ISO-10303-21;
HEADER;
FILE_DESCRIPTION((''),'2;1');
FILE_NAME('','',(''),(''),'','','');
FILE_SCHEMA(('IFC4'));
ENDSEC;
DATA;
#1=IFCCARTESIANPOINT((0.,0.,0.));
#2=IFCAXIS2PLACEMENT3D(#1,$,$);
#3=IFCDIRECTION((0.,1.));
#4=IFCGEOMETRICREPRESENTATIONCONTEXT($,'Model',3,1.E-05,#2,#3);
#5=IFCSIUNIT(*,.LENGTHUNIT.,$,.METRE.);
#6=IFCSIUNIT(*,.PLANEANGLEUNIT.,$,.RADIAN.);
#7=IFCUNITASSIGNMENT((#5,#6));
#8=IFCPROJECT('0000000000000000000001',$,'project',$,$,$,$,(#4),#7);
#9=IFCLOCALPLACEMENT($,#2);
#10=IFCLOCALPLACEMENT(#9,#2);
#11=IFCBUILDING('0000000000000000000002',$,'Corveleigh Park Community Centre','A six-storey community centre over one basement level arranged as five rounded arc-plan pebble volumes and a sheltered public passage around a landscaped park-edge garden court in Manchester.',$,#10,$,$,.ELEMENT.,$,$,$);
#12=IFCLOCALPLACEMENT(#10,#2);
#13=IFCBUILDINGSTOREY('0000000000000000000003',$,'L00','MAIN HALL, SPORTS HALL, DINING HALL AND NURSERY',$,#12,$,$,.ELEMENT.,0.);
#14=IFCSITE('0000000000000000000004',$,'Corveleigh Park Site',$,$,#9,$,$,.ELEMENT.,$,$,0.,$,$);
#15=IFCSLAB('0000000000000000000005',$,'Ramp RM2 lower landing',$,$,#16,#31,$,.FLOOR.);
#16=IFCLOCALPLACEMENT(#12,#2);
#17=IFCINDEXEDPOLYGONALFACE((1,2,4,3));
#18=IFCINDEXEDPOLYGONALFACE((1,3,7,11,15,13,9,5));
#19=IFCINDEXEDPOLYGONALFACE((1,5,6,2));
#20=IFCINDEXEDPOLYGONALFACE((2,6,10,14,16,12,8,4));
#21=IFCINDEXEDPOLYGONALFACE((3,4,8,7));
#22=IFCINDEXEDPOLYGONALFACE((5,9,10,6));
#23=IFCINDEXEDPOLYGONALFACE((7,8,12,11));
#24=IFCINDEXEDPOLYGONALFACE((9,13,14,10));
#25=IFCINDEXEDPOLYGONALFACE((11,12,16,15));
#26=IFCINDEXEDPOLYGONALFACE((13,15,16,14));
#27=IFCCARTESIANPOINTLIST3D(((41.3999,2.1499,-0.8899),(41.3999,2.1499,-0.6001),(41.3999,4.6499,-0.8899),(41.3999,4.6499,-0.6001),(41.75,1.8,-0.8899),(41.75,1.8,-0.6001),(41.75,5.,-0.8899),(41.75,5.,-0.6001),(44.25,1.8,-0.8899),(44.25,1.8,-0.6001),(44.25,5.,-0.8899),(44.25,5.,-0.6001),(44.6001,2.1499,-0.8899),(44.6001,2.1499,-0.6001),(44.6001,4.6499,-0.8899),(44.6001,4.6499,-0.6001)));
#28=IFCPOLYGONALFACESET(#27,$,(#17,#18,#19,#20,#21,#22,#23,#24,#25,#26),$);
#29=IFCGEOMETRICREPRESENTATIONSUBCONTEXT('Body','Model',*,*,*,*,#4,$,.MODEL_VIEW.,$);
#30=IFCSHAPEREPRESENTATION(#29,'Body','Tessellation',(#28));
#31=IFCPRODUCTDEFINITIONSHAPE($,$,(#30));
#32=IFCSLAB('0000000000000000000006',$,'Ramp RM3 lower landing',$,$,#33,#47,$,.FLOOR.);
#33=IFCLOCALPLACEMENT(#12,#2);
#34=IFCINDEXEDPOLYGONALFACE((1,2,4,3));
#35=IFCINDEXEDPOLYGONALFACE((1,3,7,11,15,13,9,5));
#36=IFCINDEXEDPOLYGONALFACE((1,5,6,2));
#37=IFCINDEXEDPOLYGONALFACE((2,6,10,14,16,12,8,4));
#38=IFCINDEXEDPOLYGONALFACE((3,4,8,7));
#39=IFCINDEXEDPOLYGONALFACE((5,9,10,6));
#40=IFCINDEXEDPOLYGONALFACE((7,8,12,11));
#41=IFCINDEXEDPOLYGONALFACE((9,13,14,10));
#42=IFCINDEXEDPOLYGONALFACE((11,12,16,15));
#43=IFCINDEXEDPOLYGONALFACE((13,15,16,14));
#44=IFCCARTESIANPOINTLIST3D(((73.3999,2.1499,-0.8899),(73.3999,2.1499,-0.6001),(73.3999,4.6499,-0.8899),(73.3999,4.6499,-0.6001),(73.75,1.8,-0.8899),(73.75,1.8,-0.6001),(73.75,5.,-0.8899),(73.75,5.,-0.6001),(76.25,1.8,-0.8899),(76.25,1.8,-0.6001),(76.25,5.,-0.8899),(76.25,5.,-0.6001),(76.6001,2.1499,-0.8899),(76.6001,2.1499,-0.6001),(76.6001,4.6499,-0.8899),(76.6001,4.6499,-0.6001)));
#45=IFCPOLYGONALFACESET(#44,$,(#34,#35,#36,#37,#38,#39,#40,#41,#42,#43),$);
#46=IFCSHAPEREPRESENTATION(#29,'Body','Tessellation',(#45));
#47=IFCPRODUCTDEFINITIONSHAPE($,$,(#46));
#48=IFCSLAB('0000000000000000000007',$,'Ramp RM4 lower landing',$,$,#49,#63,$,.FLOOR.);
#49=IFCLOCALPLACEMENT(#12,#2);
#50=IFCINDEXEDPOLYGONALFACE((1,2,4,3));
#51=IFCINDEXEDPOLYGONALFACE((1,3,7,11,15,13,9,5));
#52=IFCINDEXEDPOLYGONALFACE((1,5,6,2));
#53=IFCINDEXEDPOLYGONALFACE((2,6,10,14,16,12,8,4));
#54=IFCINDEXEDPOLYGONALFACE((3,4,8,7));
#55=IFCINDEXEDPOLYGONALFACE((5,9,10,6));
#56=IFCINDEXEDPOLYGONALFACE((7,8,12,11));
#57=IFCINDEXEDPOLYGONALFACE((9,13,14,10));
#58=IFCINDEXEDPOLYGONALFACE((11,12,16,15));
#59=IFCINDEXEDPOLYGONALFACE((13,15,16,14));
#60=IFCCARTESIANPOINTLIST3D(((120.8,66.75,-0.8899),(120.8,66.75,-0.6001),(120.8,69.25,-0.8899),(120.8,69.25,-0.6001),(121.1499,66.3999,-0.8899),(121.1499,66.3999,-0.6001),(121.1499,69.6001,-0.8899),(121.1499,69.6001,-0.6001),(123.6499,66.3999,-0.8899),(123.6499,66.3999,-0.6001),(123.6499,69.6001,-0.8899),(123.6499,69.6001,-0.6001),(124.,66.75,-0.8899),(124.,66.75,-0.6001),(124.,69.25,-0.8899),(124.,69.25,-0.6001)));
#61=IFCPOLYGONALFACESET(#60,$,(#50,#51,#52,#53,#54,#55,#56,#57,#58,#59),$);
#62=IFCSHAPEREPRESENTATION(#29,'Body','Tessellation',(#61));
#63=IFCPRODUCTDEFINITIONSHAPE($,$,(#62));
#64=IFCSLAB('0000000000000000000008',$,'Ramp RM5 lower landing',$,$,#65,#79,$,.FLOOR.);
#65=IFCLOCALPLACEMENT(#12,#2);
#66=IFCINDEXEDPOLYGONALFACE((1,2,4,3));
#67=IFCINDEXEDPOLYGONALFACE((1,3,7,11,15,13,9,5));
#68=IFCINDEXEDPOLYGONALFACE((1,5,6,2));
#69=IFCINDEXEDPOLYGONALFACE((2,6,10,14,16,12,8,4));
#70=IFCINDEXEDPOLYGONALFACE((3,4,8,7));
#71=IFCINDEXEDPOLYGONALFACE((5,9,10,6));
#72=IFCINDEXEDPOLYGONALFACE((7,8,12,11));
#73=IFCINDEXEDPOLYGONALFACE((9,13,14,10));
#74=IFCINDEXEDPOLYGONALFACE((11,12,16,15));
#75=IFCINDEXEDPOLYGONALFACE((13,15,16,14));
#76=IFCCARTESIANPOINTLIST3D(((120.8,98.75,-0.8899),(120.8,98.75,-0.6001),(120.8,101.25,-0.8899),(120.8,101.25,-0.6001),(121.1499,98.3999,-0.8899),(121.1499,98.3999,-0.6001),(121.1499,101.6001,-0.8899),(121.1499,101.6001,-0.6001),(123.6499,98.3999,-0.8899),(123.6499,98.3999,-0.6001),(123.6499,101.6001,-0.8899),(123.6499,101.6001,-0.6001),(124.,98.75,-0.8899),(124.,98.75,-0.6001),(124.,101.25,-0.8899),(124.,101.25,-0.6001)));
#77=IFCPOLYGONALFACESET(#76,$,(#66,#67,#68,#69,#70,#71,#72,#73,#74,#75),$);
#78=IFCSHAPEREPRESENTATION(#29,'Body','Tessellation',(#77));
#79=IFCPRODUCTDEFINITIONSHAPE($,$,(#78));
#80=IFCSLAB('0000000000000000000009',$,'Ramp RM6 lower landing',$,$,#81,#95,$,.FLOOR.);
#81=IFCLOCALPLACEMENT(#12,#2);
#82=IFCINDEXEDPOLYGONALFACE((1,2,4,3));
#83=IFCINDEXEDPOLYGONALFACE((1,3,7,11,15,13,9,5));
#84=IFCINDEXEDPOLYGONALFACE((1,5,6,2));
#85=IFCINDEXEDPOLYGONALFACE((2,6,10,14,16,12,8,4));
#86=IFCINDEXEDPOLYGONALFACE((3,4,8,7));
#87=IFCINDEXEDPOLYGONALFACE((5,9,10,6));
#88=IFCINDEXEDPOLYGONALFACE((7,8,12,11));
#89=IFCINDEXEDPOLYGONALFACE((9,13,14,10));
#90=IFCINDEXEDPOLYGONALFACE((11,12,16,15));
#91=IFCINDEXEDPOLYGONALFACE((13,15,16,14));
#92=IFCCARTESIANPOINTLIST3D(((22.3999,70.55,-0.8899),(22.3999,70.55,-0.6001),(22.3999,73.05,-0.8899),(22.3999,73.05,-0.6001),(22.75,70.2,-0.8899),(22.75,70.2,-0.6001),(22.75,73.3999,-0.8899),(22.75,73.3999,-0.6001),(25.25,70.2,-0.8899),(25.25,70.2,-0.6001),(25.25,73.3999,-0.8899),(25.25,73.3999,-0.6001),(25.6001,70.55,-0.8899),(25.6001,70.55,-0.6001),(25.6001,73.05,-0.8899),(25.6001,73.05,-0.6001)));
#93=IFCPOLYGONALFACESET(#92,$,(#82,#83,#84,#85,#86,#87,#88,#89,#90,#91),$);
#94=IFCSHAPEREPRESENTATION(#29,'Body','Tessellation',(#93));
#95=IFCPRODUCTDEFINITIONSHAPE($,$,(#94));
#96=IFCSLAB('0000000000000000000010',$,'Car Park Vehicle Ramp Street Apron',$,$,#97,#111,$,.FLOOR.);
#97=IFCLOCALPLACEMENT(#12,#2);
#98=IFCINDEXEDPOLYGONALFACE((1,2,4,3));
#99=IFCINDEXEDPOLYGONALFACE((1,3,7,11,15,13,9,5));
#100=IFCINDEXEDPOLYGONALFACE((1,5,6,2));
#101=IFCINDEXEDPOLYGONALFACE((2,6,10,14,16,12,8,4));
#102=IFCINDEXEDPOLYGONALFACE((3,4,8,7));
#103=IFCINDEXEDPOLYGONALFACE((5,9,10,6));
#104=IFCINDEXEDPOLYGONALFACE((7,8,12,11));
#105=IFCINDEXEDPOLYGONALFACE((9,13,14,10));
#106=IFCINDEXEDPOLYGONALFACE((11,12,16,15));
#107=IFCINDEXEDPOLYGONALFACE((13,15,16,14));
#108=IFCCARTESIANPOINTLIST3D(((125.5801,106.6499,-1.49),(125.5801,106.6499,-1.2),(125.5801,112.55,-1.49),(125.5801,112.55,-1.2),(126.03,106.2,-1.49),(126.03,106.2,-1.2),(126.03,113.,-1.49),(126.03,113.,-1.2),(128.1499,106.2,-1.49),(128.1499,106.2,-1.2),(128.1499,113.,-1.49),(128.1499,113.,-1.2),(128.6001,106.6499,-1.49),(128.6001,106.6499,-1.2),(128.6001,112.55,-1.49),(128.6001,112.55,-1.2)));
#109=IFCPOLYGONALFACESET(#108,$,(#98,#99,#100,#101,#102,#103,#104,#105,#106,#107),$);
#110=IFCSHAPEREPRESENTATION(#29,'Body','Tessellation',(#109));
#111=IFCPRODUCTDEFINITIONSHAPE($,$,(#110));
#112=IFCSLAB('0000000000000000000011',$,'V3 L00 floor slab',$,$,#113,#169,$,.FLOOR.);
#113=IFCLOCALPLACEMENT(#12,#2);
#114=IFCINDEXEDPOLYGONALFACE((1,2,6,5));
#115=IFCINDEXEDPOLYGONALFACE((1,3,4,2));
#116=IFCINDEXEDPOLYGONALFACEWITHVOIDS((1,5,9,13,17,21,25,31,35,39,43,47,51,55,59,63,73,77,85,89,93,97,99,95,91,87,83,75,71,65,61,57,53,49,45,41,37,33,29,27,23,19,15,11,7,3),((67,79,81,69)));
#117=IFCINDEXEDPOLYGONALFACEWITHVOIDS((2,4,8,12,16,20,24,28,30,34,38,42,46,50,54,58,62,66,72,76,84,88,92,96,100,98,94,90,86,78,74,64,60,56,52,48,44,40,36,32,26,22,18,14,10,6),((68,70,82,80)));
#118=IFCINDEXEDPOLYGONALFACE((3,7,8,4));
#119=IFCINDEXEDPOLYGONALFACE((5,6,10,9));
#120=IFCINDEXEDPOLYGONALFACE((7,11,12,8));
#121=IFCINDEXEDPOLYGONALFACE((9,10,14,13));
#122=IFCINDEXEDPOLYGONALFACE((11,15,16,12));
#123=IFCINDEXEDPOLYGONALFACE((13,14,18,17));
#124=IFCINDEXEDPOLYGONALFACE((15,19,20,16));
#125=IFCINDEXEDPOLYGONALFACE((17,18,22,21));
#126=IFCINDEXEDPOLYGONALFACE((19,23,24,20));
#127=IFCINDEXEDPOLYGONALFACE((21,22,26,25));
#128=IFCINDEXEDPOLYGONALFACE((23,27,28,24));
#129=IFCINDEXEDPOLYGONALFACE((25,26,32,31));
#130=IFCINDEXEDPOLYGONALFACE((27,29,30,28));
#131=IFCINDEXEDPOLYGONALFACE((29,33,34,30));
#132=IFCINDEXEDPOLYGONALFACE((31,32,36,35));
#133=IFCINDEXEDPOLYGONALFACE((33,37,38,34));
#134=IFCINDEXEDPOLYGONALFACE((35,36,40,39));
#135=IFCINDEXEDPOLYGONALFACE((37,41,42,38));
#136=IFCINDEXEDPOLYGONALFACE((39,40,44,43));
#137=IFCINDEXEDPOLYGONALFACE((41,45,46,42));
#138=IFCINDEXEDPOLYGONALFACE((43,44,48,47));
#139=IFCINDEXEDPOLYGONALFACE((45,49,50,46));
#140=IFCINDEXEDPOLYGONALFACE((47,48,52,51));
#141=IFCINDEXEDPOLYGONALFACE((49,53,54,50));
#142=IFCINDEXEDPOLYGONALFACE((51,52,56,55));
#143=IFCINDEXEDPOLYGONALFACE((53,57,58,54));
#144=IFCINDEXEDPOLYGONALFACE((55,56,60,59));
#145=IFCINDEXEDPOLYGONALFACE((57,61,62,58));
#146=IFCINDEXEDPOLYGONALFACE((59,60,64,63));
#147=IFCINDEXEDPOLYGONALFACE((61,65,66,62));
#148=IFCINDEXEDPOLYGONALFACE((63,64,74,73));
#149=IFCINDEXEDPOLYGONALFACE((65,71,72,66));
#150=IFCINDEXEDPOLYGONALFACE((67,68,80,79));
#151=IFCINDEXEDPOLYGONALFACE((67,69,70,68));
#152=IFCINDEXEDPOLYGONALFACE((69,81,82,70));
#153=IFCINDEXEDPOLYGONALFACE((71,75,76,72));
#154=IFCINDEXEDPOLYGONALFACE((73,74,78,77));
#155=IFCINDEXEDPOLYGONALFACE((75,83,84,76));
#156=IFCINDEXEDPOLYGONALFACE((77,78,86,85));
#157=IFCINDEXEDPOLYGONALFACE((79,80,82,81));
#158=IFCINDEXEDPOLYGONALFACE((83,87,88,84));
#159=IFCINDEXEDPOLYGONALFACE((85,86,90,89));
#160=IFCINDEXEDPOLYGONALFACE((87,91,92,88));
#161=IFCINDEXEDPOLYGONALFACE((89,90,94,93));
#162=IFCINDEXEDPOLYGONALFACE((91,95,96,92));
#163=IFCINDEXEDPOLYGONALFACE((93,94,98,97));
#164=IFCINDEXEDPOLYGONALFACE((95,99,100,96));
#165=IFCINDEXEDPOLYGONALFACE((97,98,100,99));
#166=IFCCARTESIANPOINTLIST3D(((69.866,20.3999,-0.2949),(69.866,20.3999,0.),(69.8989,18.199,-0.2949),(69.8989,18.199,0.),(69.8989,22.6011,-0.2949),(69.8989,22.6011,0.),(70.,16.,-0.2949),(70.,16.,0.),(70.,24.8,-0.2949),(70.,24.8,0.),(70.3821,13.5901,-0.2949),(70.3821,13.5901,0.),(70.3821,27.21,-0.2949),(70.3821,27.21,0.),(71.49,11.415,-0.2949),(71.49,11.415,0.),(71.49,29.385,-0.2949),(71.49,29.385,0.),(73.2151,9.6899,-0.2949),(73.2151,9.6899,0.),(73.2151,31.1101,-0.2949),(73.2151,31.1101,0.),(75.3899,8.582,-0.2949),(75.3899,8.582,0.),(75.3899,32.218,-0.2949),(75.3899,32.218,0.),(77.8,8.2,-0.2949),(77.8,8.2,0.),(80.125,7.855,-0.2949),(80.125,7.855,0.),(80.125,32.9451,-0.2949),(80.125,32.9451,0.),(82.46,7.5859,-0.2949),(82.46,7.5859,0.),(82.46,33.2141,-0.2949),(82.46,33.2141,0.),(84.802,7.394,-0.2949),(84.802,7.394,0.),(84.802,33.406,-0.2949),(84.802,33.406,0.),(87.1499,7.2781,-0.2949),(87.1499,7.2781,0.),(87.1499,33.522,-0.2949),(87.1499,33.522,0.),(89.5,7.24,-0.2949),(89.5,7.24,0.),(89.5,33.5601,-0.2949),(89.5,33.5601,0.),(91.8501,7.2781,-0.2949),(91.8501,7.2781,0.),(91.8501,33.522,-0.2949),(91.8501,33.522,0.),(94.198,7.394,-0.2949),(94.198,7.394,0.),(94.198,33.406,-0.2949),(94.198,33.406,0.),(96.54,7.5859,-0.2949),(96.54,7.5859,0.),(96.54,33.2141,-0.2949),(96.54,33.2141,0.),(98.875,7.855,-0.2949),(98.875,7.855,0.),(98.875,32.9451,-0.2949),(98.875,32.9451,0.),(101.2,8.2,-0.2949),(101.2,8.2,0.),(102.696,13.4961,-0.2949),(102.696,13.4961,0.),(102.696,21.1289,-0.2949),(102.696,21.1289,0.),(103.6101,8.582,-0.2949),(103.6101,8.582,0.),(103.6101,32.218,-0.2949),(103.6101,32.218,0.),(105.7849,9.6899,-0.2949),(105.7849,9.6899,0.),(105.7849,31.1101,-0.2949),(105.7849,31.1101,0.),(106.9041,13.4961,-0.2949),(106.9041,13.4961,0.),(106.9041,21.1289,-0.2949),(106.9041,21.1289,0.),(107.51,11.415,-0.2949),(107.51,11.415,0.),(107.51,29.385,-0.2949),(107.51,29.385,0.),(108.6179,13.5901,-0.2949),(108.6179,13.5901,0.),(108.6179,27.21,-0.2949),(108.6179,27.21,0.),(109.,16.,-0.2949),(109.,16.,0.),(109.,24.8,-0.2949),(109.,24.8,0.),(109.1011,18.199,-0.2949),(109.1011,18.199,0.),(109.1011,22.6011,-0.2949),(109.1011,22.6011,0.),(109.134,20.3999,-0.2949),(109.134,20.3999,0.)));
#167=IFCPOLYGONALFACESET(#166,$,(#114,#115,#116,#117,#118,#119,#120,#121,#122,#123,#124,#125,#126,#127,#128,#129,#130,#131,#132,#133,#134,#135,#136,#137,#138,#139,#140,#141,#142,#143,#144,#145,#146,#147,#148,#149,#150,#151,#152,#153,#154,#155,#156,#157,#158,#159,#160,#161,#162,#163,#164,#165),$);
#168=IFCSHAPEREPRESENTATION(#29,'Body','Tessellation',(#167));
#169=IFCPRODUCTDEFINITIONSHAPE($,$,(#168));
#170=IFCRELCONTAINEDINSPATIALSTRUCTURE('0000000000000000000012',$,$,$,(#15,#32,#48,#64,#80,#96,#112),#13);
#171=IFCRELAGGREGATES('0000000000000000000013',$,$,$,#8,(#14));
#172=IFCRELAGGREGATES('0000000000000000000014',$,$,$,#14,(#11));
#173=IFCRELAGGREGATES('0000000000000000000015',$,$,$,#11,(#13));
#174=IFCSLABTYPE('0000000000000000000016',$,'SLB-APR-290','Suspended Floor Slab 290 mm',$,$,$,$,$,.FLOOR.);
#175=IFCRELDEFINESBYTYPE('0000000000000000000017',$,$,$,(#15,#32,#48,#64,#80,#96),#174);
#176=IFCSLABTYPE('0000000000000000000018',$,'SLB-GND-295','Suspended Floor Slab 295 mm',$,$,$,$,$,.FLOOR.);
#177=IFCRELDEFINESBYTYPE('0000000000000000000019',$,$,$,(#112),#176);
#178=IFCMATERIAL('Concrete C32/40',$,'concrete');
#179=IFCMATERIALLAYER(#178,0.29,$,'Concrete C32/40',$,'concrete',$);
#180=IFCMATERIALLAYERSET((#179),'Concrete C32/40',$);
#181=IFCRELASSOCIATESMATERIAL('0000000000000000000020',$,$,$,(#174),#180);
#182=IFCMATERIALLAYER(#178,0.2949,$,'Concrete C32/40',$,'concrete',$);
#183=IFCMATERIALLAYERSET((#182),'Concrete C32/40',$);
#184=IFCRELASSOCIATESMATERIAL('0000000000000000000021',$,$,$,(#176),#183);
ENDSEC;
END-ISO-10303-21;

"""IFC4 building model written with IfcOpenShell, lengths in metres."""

from ifc_helpers import new_model, si_unit, direction, frame, origin, place, context, subcontext, project, spatial, polyline, outline, extrude, material, layer, layer_set, type_object, element, save


model = new_model("IFC4")

# Units and contexts
model_context = context("Model", 3, precision=1e-05, world=origin(), true_north=direction((0.0, 1.0)))
body_context = subcontext(model_context, "Body", "Model", "MODEL_VIEW")
ifc_project = project(units=[si_unit("LENGTHUNIT", "METRE"), si_unit("PLANEANGLEUNIT", "RADIAN")], contexts=[model_context])

# Site, building, storey
site_placement = place(None, origin())
site = spatial("IfcSite", under=ifc_project, at=site_placement, Name="Corveleigh Park Site", CompositionType="ELEMENT", RefElevation=0.0)
building_placement = place(site_placement, origin())
building = spatial("IfcBuilding", under=site, at=building_placement, Name="Corveleigh Park Community Centre", Description="A six-storey community centre over one basement level arranged as five rounded arc-plan pebble volumes and a sheltered public passage around a landscaped park-edge garden court in Manchester.", CompositionType="ELEMENT")
storey_placement = place(building_placement, origin())
storey = spatial("IfcBuildingStorey", under=building, at=storey_placement, Name="L00", Description="MAIN HALL, SPORTS HALL, DINING HALL AND NURSERY", CompositionType="ELEMENT", Elevation=0.0)

# Slabs
ifc_material_1 = material(Name="Concrete C32/40", Category="concrete")
ifc_layer_1 = layer(ifc_material_1, 0.29, Name="Concrete C32/40", Category="concrete")
ifc_layer_set_1 = layer_set([ifc_layer_1], Name="Concrete C32/40")
slab_type_1 = type_object("IfcSlabType", Name="SLB-APR-290", Description="Suspended Floor Slab 290 mm", PredefinedType="FLOOR", material=ifc_layer_set_1)
slab_1_placement = place(storey_placement, frame((0.0, 0.0, -0.8899)))
element("IfcSlab", 1, at=slab_1_placement, inside=storey, type_object=slab_type_1, Name="Ramp RM2 lower landing", PredefinedType="FLOOR", context=body_context, shape_type="SweptSolid", body=[
    extrude(outline(polyline([(41.75, 1.8), (44.25, 1.8), (44.6001, 2.1499), (44.6001, 4.6499), (44.25, 5.0), (41.75, 5.0), (41.3999, 4.6499), (41.3999, 2.1499), (41.75, 1.8)])), origin(), (0.0, 0.0, 1.0), 0.2898),
])
slab_2_placement = place(storey_placement, frame((0.0, 0.0, -0.8899)))
element("IfcSlab", 2, at=slab_2_placement, inside=storey, type_object=slab_type_1, Name="Ramp RM3 lower landing", PredefinedType="FLOOR", context=body_context, shape_type="SweptSolid", body=[
    extrude(outline(polyline([(73.75, 1.8), (76.25, 1.8), (76.6001, 2.1499), (76.6001, 4.6499), (76.25, 5.0), (73.75, 5.0), (73.3999, 4.6499), (73.3999, 2.1499), (73.75, 1.8)])), origin(), (0.0, 0.0, 1.0), 0.2898),
])
slab_3_placement = place(storey_placement, frame((0.0, 0.0, -0.8899)))
element("IfcSlab", 3, at=slab_3_placement, inside=storey, type_object=slab_type_1, Name="Ramp RM4 lower landing", PredefinedType="FLOOR", context=body_context, shape_type="SweptSolid", body=[
    extrude(outline(polyline([(121.1499, 66.3999), (123.6499, 66.3999), (124.0, 66.75), (124.0, 69.25), (123.6499, 69.6001), (121.1499, 69.6001), (120.8, 69.25), (120.8, 66.75), (121.1499, 66.3999)])), origin(), (0.0, 0.0, 1.0), 0.2898),
])
slab_4_placement = place(storey_placement, frame((0.0, 0.0, -0.8899)))
element("IfcSlab", 4, at=slab_4_placement, inside=storey, type_object=slab_type_1, Name="Ramp RM5 lower landing", PredefinedType="FLOOR", context=body_context, shape_type="SweptSolid", body=[
    extrude(outline(polyline([(121.1499, 98.3999), (123.6499, 98.3999), (124.0, 98.75), (124.0, 101.25), (123.6499, 101.6001), (121.1499, 101.6001), (120.8, 101.25), (120.8, 98.75), (121.1499, 98.3999)])), origin(), (0.0, 0.0, 1.0), 0.2898),
])
slab_5_placement = place(storey_placement, frame((0.0, 0.0, -0.8899)))
element("IfcSlab", 5, at=slab_5_placement, inside=storey, type_object=slab_type_1, Name="Ramp RM6 lower landing", PredefinedType="FLOOR", context=body_context, shape_type="SweptSolid", body=[
    extrude(outline(polyline([(22.75, 70.2), (25.25, 70.2), (25.6001, 70.55), (25.6001, 73.05), (25.25, 73.3999), (22.75, 73.3999), (22.3999, 73.05), (22.3999, 70.55), (22.75, 70.2)])), origin(), (0.0, 0.0, 1.0), 0.2898),
])
slab_6_placement = place(storey_placement, frame((0.0, 0.0, -1.49)))
element("IfcSlab", 6, at=slab_6_placement, inside=storey, type_object=slab_type_1, Name="Car Park Vehicle Ramp Street Apron", PredefinedType="FLOOR", context=body_context, shape_type="SweptSolid", body=[
    extrude(outline(polyline([(126.03, 106.2), (128.1499, 106.2), (128.6001, 106.6499), (128.6001, 112.55), (128.1499, 113.0), (126.03, 113.0), (125.5801, 112.55), (125.5801, 106.6499), (126.03, 106.2)])), origin(), (0.0, 0.0, 1.0), 0.29),
])
ifc_layer_2 = layer(ifc_material_1, 0.2949, Name="Concrete C32/40", Category="concrete")
ifc_layer_set_2 = layer_set([ifc_layer_2], Name="Concrete C32/40")
slab_type_2 = type_object("IfcSlabType", Name="SLB-GND-295", Description="Suspended Floor Slab 295 mm", PredefinedType="FLOOR", material=ifc_layer_set_2)
slab_7_placement = place(storey_placement, frame((0.0, 0.0, -0.2949)))
element("IfcSlab", 7, at=slab_7_placement, inside=storey, type_object=slab_type_2, Name="V3 L00 floor slab", PredefinedType="FLOOR", context=body_context, shape_type="SweptSolid", body=[
    extrude(outline(polyline([(73.2151, 9.6899), (71.49, 11.415), (70.3821, 13.5901), (70.0, 16.0), (69.8989, 18.199), (69.866, 20.3999), (69.8989, 22.6011), (70.0, 24.8), (70.3821, 27.21), (71.49, 29.385), (73.2151, 31.1101), (75.3899, 32.218), (80.125, 32.9451), (82.46, 33.2141), (84.802, 33.406), (87.1499, 33.522), (89.5, 33.5601), (91.8501, 33.522), (94.198, 33.406), (96.54, 33.2141), (98.875, 32.9451), (103.6101, 32.218), (105.7849, 31.1101), (107.51, 29.385), (108.6179, 27.21), (109.0, 24.8), (109.1011, 22.6011), (109.134, 20.3999), (109.1011, 18.199), (109.0, 16.0), (108.6179, 13.5901), (107.51, 11.415), (105.7849, 9.6899), (103.6101, 8.582), (101.2, 8.2), (98.875, 7.855), (96.54, 7.5859), (94.198, 7.394), (91.8501, 7.2781), (89.5, 7.24), (87.1499, 7.2781), (84.802, 7.394), (82.46, 7.5859), (80.125, 7.855), (77.8, 8.2), (75.3899, 8.582), (73.2151, 9.6899)]), holes=[polyline([(102.696, 13.4961), (106.9041, 13.4961), (106.9041, 21.1289), (102.696, 21.1289), (102.696, 13.4961)])]), origin(), (0.0, 0.0, 1.0), 0.2949),
])

save(model, "model.ifc")
